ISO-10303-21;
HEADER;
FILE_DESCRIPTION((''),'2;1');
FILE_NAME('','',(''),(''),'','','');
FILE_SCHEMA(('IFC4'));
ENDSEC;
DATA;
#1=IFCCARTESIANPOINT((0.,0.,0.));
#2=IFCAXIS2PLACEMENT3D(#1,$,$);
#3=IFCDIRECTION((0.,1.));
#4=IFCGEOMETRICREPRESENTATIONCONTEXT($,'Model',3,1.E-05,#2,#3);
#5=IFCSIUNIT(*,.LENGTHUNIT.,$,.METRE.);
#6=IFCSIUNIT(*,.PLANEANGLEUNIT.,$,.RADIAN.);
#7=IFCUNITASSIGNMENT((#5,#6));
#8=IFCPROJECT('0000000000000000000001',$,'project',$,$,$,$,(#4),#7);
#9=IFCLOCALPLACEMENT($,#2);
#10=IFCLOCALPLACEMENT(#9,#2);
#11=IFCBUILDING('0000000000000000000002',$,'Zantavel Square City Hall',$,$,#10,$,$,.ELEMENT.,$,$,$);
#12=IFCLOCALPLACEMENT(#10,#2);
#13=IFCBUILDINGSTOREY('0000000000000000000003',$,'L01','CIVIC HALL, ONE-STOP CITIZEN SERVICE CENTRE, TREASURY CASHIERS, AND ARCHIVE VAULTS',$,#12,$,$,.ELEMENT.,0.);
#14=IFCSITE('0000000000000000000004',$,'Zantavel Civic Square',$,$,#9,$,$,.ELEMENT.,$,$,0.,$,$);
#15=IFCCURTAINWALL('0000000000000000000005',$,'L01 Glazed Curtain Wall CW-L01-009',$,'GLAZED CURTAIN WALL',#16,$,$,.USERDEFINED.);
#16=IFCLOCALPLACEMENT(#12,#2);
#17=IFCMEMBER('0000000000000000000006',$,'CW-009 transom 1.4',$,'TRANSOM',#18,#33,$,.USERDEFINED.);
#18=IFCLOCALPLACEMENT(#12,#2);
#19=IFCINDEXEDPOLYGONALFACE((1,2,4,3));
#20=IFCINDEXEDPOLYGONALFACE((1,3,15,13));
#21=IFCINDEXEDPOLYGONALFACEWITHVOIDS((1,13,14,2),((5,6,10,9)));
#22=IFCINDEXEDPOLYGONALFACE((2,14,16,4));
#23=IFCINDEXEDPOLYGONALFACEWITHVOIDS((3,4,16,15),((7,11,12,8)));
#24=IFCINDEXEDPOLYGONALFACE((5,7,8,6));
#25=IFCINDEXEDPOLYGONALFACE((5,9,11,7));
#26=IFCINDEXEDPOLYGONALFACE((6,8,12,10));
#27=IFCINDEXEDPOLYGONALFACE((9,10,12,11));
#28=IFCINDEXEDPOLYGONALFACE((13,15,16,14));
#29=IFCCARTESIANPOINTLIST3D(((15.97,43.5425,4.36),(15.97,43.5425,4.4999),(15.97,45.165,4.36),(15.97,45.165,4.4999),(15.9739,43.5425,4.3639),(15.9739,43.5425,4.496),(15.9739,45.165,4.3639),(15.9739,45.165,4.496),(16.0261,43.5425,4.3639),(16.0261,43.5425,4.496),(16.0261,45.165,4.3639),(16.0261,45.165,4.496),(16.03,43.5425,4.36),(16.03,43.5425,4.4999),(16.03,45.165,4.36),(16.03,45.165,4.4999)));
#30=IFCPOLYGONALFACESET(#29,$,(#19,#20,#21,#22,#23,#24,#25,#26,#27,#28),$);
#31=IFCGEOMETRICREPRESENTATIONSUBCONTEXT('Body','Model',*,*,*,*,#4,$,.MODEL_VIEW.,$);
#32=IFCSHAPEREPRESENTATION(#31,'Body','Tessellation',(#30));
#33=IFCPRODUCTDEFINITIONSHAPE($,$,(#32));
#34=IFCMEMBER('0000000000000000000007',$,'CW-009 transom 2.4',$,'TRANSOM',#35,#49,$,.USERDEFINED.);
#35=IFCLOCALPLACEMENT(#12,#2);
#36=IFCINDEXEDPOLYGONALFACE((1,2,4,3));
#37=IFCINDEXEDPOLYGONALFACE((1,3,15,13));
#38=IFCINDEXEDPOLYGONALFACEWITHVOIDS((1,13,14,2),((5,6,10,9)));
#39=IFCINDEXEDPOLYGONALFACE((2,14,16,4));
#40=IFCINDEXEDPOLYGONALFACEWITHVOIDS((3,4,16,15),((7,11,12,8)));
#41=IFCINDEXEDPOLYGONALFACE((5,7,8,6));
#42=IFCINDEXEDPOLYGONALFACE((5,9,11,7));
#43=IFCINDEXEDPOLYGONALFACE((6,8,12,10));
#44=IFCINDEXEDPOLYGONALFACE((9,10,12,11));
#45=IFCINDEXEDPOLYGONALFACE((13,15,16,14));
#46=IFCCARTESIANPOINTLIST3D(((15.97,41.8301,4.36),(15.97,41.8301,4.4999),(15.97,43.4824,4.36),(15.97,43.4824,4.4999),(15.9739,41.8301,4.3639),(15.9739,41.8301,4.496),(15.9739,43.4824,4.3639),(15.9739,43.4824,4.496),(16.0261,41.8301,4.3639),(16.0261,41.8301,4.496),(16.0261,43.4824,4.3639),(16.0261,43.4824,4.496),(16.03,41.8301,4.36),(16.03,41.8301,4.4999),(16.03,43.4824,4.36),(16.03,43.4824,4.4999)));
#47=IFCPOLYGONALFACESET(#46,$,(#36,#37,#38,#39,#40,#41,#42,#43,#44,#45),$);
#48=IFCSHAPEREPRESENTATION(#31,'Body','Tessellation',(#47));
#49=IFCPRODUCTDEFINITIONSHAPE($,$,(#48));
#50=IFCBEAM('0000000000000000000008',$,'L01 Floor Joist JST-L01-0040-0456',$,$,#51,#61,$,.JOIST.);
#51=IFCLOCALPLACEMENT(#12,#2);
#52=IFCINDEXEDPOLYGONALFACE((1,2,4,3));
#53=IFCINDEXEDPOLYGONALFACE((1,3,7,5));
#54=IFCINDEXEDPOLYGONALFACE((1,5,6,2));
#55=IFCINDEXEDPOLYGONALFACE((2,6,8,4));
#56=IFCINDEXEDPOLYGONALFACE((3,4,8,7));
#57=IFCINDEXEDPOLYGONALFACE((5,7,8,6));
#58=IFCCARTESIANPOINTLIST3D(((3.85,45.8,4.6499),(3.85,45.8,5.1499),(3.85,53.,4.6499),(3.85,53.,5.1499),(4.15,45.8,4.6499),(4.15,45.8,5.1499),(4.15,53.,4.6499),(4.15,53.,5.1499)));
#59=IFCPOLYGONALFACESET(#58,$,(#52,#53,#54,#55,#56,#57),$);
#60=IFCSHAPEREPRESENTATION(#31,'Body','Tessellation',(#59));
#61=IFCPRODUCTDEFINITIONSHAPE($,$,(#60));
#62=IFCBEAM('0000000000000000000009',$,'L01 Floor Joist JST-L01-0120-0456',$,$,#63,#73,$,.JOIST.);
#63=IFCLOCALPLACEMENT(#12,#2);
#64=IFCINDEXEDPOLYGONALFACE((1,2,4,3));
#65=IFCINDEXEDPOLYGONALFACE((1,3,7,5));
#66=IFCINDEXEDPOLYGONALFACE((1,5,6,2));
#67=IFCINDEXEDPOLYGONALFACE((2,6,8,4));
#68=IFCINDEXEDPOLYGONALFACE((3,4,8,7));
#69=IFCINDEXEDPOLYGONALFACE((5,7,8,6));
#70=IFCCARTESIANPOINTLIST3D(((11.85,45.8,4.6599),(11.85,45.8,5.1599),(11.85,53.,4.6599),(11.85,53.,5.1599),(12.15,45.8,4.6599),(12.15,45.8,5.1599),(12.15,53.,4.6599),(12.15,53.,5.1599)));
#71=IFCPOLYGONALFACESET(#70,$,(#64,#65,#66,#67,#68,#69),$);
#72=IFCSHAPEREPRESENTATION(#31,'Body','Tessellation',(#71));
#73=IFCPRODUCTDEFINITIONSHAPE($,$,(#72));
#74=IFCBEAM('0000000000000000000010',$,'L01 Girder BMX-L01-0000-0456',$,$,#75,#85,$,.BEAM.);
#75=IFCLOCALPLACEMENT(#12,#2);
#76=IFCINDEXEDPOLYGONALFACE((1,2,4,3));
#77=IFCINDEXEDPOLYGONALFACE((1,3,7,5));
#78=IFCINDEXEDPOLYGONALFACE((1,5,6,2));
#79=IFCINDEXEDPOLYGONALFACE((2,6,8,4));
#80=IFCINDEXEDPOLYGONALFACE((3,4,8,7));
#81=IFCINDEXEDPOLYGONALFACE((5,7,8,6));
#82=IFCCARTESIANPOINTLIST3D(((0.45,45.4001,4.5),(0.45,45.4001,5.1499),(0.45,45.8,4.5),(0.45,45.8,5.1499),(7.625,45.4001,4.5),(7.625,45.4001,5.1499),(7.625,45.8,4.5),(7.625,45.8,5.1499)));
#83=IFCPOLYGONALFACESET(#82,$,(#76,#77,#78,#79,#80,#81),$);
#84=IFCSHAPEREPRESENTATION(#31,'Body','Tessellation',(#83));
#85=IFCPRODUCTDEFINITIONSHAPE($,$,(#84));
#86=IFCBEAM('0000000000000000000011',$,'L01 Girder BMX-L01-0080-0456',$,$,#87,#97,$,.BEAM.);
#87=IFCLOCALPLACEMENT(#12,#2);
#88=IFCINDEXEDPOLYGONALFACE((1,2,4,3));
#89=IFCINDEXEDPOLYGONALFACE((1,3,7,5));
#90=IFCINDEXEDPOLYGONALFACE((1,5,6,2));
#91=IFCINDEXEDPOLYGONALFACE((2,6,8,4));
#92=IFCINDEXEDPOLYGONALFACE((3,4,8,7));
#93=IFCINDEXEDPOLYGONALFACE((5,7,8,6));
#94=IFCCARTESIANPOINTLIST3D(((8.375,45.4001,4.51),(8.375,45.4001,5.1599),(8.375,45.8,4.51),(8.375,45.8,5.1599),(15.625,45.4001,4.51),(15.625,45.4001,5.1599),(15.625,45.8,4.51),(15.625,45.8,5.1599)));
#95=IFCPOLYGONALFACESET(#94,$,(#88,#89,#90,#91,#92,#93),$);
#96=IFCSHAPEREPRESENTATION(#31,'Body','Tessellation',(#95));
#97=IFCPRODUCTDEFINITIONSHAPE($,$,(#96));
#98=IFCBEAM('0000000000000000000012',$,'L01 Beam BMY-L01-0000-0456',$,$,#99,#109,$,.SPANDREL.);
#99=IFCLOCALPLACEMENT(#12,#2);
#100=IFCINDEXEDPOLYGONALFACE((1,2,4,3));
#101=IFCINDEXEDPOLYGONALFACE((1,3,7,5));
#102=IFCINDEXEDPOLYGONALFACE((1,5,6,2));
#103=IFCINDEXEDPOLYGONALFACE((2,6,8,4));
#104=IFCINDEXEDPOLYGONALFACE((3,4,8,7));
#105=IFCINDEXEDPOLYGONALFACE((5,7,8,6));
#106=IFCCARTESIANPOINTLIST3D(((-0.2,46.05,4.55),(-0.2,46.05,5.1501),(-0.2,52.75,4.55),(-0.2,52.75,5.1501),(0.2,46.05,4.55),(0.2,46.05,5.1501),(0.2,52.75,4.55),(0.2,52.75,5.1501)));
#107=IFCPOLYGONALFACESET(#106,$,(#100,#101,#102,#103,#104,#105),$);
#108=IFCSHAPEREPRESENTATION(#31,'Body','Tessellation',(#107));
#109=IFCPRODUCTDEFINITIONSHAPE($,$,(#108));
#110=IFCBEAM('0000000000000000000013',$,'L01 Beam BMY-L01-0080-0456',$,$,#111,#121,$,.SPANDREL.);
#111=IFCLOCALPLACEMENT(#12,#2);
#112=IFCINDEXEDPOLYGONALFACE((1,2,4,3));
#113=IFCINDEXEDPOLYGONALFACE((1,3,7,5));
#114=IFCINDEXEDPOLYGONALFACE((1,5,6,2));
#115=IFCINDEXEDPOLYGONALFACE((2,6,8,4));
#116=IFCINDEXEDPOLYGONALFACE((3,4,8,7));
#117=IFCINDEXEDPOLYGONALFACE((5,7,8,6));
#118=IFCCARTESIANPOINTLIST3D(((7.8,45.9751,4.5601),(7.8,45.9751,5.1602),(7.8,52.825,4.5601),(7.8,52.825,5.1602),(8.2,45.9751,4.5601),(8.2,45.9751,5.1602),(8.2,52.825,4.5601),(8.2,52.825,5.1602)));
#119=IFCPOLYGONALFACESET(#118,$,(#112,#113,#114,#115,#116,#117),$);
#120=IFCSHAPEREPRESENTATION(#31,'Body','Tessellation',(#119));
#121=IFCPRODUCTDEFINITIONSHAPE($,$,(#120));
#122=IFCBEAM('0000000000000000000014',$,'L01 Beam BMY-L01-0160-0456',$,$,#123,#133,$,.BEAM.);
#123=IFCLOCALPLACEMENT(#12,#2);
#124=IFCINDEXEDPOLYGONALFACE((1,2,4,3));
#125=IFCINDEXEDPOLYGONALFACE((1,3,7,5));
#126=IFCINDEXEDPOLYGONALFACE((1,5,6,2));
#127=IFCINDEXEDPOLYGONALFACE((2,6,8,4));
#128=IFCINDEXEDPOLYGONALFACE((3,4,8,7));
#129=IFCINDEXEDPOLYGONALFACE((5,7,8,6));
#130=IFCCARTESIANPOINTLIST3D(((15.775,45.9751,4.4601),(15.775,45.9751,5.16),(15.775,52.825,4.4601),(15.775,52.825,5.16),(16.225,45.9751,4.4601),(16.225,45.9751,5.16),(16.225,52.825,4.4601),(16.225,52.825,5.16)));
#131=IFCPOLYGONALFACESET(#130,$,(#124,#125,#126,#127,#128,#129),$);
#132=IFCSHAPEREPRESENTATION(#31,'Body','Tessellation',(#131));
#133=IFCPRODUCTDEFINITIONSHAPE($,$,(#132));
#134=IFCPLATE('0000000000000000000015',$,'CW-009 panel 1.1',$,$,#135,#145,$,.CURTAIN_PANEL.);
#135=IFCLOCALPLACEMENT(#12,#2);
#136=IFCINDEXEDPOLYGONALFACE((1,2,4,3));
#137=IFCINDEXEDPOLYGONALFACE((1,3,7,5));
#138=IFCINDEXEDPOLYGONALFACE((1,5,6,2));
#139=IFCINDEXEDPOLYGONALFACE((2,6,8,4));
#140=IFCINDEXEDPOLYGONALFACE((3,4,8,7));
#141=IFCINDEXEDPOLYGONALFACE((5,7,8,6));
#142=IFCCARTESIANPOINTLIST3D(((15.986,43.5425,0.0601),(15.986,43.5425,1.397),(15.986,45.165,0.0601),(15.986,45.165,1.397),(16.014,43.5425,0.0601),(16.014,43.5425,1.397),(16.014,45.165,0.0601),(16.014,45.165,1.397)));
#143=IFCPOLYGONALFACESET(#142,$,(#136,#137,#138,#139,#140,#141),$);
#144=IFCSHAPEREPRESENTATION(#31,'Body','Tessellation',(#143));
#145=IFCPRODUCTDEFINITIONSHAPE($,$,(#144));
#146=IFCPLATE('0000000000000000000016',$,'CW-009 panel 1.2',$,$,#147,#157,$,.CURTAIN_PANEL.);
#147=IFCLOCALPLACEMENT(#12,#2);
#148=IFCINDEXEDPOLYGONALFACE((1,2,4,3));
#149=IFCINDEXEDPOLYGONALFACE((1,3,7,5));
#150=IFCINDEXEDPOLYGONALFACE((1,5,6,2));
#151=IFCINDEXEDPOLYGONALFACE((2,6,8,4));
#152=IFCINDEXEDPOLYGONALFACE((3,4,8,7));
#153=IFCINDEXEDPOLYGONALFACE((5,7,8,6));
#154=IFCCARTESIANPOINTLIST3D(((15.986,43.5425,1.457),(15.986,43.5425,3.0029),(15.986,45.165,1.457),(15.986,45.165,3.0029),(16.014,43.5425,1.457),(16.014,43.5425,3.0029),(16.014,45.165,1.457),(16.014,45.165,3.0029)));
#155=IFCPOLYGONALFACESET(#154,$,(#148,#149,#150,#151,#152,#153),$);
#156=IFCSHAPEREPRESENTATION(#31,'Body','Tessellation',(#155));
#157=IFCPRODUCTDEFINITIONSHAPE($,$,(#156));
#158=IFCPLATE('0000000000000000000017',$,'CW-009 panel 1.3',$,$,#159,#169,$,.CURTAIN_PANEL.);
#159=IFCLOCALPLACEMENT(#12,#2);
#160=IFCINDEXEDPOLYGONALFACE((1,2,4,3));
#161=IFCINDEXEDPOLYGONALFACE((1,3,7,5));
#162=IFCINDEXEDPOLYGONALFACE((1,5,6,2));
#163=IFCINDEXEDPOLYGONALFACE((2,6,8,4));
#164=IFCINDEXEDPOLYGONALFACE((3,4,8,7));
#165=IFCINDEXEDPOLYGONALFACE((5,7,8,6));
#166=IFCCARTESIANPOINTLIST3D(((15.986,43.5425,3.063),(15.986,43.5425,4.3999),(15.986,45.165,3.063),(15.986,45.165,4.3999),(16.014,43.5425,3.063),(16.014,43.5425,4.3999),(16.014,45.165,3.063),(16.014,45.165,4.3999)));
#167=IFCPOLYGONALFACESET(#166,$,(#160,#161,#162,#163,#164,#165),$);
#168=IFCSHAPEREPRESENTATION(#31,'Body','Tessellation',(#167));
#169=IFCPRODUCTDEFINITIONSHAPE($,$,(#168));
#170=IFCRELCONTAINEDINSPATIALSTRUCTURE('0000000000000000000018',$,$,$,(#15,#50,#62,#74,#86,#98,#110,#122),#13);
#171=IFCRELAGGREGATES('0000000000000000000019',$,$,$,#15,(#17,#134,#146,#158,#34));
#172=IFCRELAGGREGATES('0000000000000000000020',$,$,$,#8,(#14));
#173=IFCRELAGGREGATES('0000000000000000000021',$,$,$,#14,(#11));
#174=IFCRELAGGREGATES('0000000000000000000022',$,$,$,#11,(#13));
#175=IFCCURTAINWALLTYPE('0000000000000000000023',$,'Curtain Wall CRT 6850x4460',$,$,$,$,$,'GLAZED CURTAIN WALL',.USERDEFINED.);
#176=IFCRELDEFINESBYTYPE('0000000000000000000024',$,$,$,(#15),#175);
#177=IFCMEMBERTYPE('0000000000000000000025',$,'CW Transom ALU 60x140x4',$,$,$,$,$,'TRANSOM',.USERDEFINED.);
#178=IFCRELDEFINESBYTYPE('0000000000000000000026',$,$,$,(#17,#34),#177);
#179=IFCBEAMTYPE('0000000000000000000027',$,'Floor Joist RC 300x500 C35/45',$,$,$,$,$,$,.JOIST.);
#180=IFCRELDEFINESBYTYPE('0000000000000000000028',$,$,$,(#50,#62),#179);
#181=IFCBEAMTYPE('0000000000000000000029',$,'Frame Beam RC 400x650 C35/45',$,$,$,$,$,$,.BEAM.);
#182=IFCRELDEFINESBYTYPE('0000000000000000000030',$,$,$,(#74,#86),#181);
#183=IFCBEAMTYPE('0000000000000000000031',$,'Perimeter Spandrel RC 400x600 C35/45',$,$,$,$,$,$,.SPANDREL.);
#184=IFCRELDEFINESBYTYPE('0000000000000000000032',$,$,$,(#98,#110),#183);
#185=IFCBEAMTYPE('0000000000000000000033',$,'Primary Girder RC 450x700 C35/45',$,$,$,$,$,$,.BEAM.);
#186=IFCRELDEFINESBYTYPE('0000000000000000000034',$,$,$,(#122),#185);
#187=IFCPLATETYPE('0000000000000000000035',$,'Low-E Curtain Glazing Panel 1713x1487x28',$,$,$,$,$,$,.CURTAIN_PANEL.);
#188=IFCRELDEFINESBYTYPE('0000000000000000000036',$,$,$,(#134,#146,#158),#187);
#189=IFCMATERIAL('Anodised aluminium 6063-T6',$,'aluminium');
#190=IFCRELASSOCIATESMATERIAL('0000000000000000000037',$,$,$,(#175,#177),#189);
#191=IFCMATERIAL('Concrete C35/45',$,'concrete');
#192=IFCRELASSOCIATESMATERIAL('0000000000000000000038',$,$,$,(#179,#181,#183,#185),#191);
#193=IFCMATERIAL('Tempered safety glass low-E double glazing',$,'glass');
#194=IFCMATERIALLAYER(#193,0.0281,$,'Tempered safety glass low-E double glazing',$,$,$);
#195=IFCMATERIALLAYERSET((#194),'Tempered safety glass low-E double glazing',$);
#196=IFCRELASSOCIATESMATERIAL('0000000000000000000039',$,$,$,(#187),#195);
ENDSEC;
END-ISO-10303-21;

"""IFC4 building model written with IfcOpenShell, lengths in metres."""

from ifc_helpers import new_model, si_unit, direction, frame, origin, origin_2d, place, context, subcontext, project, spatial, rectangle, hollow_rectangle, extrude, material, layer, layer_set, material_profile, profile_set, type_object, element, aggregate, save


model = new_model("IFC4")

# Units and contexts
model_context = context("Model", 3, precision=1e-05, world=origin(), true_north=direction((0.0, 1.0)))
body_context = subcontext(model_context, "Body", "Model", "MODEL_VIEW")
ifc_project = project(units=[si_unit("LENGTHUNIT", "METRE"), si_unit("PLANEANGLEUNIT", "RADIAN")], contexts=[model_context])

# Site, building, storey
site_placement = place(None, origin())
site = spatial("IfcSite", under=ifc_project, at=site_placement, Name="Zantavel Civic Square", CompositionType="ELEMENT", RefElevation=0.0)
building_placement = place(site_placement, origin())
building = spatial("IfcBuilding", under=site, at=building_placement, Name="Zantavel Square City Hall", CompositionType="ELEMENT")
storey_placement = place(building_placement, origin())
storey = spatial("IfcBuildingStorey", under=building, at=storey_placement, Name="L01", Description="CIVIC HALL, ONE-STOP CITIZEN SERVICE CENTRE, TREASURY CASHIERS, AND ARCHIVE VAULTS", CompositionType="ELEMENT", Elevation=0.0)

# Curtain wall, members
ifc_material_1 = material(Name="Anodised aluminium 6063-T6", Category="aluminium")
curtain_wall_type = type_object("IfcCurtainWallType", Name="Curtain Wall CRT 6850x4460", ElementType="GLAZED CURTAIN WALL", PredefinedType="USERDEFINED", material=ifc_material_1)
curtain_wall_placement = place(storey_placement, origin())
curtain_wall = element("IfcCurtainWall", 1, at=curtain_wall_placement, inside=storey, type_object=curtain_wall_type, Name="L01 Glazed Curtain Wall CW-L01-009", ObjectType="GLAZED CURTAIN WALL", PredefinedType="USERDEFINED")
ifc_material_profile_1 = material_profile(ifc_material_1, hollow_rectangle(XDim=0.0601, YDim=0.1399, WallThickness=0.0039, at=origin_2d()), Name="ALU 60x140x4")
ifc_profile_set_1 = profile_set([ifc_material_profile_1], Name="Anodised aluminium 6063-T6")
member_type_1 = type_object("IfcMemberType", Name="CW Transom ALU 60x140x4", ElementType="TRANSOM", PredefinedType="USERDEFINED", material=ifc_profile_set_1)
member_1_placement = place(storey_placement, frame((16.0, 45.165, 4.4299), z_axis=(0.0, -1.0, 0.0), x_axis=(1.0, 0.0, 0.0)))
member_1 = element("IfcMember", 2, at=member_1_placement, type_object=member_type_1, Name="CW-009 transom 1.4", ObjectType="TRANSOM", PredefinedType="USERDEFINED", context=body_context, shape_type="SweptSolid", body=[
    extrude(hollow_rectangle(XDim=0.0601, YDim=0.1399, WallThickness=0.0039, at=origin_2d()), origin(), (0.0, 0.0, 1.0), 1.6226),
])
member_2_placement = place(storey_placement, frame((16.0, 43.4824, 4.4299), z_axis=(0.0, -1.0, 0.0), x_axis=(1.0, 0.0, 0.0)))
member_2 = element("IfcMember", 3, at=member_2_placement, type_object=member_type_1, Name="CW-009 transom 2.4", ObjectType="TRANSOM", PredefinedType="USERDEFINED", context=body_context, shape_type="SweptSolid", body=[
    extrude(hollow_rectangle(XDim=0.0601, YDim=0.1399, WallThickness=0.0039, at=origin_2d()), origin(), (0.0, 0.0, 1.0), 1.6523),
])

# Beams
ifc_material_2 = material(Name="Concrete C35/45", Category="concrete")
ifc_material_profile_2 = material_profile(ifc_material_2, rectangle(XDim=0.3, YDim=0.5, at=origin_2d()), Name="RC 300x500")
ifc_profile_set_2 = profile_set([ifc_material_profile_2], Name="Concrete C35/45")
beam_type_1 = type_object("IfcBeamType", Name="Floor Joist RC 300x500 C35/45", PredefinedType="JOIST", material=ifc_profile_set_2)
for number, where, z_axis, x_axis, name in (
    (4, (4.0, 45.8, 4.8999), (0.0, 1.0, 0.0), (-1.0, 0.0, 0.0), "L01 Floor Joist JST-L01-0040-0456"),
    (5, (12.0, 45.8, 4.9099), (0.0, 1.0, 0.0), (-1.0, 0.0, 0.0), "L01 Floor Joist JST-L01-0120-0456"),
):
    element("IfcBeam", number, at=place(storey_placement, frame(where, z_axis=z_axis, x_axis=x_axis)), inside=storey, type_object=beam_type_1, Name=name, PredefinedType="JOIST", context=body_context, shape_type="SweptSolid", body=[
        extrude(rectangle(XDim=0.3, YDim=0.5, at=origin_2d()), origin(), (0.0, 0.0, 1.0), 7.2),
    ])
ifc_material_profile_3 = material_profile(ifc_material_2, rectangle(XDim=0.3999, YDim=0.6499, at=origin_2d()), Name="RC 400x650")
ifc_profile_set_3 = profile_set([ifc_material_profile_3], Name="Concrete C35/45")
beam_type_2 = type_object("IfcBeamType", Name="Frame Beam RC 400x650 C35/45", PredefinedType="BEAM", material=ifc_profile_set_3)
beam_1_placement = place(storey_placement, frame((0.45, 45.6001, 4.825), z_axis=(1.0, 0.0, 0.0), x_axis=(0.0, 1.0, 0.0)))
element("IfcBeam", 6, at=beam_1_placement, inside=storey, type_object=beam_type_2, Name="L01 Girder BMX-L01-0000-0456", PredefinedType="BEAM", context=body_context, shape_type="SweptSolid", body=[
    extrude(rectangle(XDim=0.3999, YDim=0.6499, at=origin_2d()), origin(), (0.0, 0.0, 1.0), 7.175),
])
beam_2_placement = place(storey_placement, frame((8.375, 45.6001, 4.835), z_axis=(1.0, 0.0, 0.0), x_axis=(0.0, 1.0, 0.0)))
element("IfcBeam", 7, at=beam_2_placement, inside=storey, type_object=beam_type_2, Name="L01 Girder BMX-L01-0080-0456", PredefinedType="BEAM", context=body_context, shape_type="SweptSolid", body=[
    extrude(rectangle(XDim=0.3999, YDim=0.6499, at=origin_2d()), origin(), (0.0, 0.0, 1.0), 7.25),
])
ifc_material_profile_4 = material_profile(ifc_material_2, rectangle(XDim=0.3999, YDim=0.6001, at=origin_2d()), Name="RC 400x600")
ifc_profile_set_4 = profile_set([ifc_material_profile_4], Name="Concrete C35/45")
beam_type_3 = type_object("IfcBeamType", Name="Perimeter Spandrel RC 400x600 C35/45", PredefinedType="SPANDREL", material=ifc_profile_set_4)
beam_3_placement = place(storey_placement, frame((0.0, 46.05, 4.8501), z_axis=(0.0, 1.0, 0.0), x_axis=(-1.0, 0.0, 0.0)))
element("IfcBeam", 8, at=beam_3_placement, inside=storey, type_object=beam_type_3, Name="L01 Beam BMY-L01-0000-0456", PredefinedType="SPANDREL", context=body_context, shape_type="SweptSolid", body=[
    extrude(rectangle(XDim=0.3999, YDim=0.6001, at=origin_2d()), origin(), (0.0, 0.0, 1.0), 6.7),
])
beam_4_placement = place(storey_placement, frame((8.0, 45.9751, 4.8601), z_axis=(0.0, 1.0, 0.0), x_axis=(-1.0, 0.0, 0.0)))
element("IfcBeam", 9, at=beam_4_placement, inside=storey, type_object=beam_type_3, Name="L01 Beam BMY-L01-0080-0456", PredefinedType="SPANDREL", context=body_context, shape_type="SweptSolid", body=[
    extrude(rectangle(XDim=0.3999, YDim=0.6001, at=origin_2d()), origin(), (0.0, 0.0, 1.0), 6.8499),
])
ifc_material_profile_5 = material_profile(ifc_material_2, rectangle(XDim=0.45, YDim=0.7, at=origin_2d()), Name="RC 450x700")
ifc_profile_set_5 = profile_set([ifc_material_profile_5], Name="Concrete C35/45")
beam_type_4 = type_object("IfcBeamType", Name="Primary Girder RC 450x700 C35/45", PredefinedType="BEAM", material=ifc_profile_set_5)
beam_5_placement = place(storey_placement, frame((16.0, 45.9751, 4.8101), z_axis=(0.0, 1.0, 0.0), x_axis=(-1.0, 0.0, 0.0)))
element("IfcBeam", 10, at=beam_5_placement, inside=storey, type_object=beam_type_4, Name="L01 Beam BMY-L01-0160-0456", PredefinedType="BEAM", context=body_context, shape_type="SweptSolid", body=[
    extrude(rectangle(XDim=0.45, YDim=0.7, at=origin_2d()), origin(), (0.0, 0.0, 1.0), 6.8499),
])

# Plates
ifc_material_3 = material(Name="Tempered safety glass low-E double glazing", Category="glass")
ifc_layer_1 = layer(ifc_material_3, 0.0281, Name="Tempered safety glass low-E double glazing")
ifc_layer_set_1 = layer_set([ifc_layer_1], Name="Tempered safety glass low-E double glazing")
plate_type = type_object("IfcPlateType", Name="Low-E Curtain Glazing Panel 1713x1487x28", PredefinedType="CURTAIN_PANEL", material=ifc_layer_set_1)
plate_1_placement = place(storey_placement, frame((16.0, 44.3538, 0.0601), z_axis=(0.0, 0.0, 1.0), x_axis=(0.0, -1.0, 0.0)))
plate_1 = element("IfcPlate", 11, at=plate_1_placement, type_object=plate_type, Name="CW-009 panel 1.1", PredefinedType="CURTAIN_PANEL", context=body_context, shape_type="SweptSolid", body=[
    extrude(rectangle(XDim=1.6226, YDim=0.0281, at=origin_2d()), origin(), (0.0, 0.0, 1.0), 1.3369),
])
plate_2_placement = place(storey_placement, frame((16.0, 44.3538, 1.457), z_axis=(0.0, 0.0, 1.0), x_axis=(0.0, -1.0, 0.0)))
plate_2 = element("IfcPlate", 12, at=plate_2_placement, type_object=plate_type, Name="CW-009 panel 1.2", PredefinedType="CURTAIN_PANEL", context=body_context, shape_type="SweptSolid", body=[
    extrude(rectangle(XDim=1.6226, YDim=0.0281, at=origin_2d()), origin(), (0.0, 0.0, 1.0), 1.5459),
])
plate_3_placement = place(storey_placement, frame((16.0, 44.3538, 3.063), z_axis=(0.0, 0.0, 1.0), x_axis=(0.0, -1.0, 0.0)))
plate_3 = element("IfcPlate", 13, at=plate_3_placement, type_object=plate_type, Name="CW-009 panel 1.3", PredefinedType="CURTAIN_PANEL", context=body_context, shape_type="SweptSolid", body=[
    extrude(rectangle(XDim=1.6226, YDim=0.0281, at=origin_2d()), origin(), (0.0, 0.0, 1.0), 1.3369),
])
aggregate(curtain_wall, [member_1, plate_1, plate_2, plate_3, member_2])

save(model, "model.ifc")
